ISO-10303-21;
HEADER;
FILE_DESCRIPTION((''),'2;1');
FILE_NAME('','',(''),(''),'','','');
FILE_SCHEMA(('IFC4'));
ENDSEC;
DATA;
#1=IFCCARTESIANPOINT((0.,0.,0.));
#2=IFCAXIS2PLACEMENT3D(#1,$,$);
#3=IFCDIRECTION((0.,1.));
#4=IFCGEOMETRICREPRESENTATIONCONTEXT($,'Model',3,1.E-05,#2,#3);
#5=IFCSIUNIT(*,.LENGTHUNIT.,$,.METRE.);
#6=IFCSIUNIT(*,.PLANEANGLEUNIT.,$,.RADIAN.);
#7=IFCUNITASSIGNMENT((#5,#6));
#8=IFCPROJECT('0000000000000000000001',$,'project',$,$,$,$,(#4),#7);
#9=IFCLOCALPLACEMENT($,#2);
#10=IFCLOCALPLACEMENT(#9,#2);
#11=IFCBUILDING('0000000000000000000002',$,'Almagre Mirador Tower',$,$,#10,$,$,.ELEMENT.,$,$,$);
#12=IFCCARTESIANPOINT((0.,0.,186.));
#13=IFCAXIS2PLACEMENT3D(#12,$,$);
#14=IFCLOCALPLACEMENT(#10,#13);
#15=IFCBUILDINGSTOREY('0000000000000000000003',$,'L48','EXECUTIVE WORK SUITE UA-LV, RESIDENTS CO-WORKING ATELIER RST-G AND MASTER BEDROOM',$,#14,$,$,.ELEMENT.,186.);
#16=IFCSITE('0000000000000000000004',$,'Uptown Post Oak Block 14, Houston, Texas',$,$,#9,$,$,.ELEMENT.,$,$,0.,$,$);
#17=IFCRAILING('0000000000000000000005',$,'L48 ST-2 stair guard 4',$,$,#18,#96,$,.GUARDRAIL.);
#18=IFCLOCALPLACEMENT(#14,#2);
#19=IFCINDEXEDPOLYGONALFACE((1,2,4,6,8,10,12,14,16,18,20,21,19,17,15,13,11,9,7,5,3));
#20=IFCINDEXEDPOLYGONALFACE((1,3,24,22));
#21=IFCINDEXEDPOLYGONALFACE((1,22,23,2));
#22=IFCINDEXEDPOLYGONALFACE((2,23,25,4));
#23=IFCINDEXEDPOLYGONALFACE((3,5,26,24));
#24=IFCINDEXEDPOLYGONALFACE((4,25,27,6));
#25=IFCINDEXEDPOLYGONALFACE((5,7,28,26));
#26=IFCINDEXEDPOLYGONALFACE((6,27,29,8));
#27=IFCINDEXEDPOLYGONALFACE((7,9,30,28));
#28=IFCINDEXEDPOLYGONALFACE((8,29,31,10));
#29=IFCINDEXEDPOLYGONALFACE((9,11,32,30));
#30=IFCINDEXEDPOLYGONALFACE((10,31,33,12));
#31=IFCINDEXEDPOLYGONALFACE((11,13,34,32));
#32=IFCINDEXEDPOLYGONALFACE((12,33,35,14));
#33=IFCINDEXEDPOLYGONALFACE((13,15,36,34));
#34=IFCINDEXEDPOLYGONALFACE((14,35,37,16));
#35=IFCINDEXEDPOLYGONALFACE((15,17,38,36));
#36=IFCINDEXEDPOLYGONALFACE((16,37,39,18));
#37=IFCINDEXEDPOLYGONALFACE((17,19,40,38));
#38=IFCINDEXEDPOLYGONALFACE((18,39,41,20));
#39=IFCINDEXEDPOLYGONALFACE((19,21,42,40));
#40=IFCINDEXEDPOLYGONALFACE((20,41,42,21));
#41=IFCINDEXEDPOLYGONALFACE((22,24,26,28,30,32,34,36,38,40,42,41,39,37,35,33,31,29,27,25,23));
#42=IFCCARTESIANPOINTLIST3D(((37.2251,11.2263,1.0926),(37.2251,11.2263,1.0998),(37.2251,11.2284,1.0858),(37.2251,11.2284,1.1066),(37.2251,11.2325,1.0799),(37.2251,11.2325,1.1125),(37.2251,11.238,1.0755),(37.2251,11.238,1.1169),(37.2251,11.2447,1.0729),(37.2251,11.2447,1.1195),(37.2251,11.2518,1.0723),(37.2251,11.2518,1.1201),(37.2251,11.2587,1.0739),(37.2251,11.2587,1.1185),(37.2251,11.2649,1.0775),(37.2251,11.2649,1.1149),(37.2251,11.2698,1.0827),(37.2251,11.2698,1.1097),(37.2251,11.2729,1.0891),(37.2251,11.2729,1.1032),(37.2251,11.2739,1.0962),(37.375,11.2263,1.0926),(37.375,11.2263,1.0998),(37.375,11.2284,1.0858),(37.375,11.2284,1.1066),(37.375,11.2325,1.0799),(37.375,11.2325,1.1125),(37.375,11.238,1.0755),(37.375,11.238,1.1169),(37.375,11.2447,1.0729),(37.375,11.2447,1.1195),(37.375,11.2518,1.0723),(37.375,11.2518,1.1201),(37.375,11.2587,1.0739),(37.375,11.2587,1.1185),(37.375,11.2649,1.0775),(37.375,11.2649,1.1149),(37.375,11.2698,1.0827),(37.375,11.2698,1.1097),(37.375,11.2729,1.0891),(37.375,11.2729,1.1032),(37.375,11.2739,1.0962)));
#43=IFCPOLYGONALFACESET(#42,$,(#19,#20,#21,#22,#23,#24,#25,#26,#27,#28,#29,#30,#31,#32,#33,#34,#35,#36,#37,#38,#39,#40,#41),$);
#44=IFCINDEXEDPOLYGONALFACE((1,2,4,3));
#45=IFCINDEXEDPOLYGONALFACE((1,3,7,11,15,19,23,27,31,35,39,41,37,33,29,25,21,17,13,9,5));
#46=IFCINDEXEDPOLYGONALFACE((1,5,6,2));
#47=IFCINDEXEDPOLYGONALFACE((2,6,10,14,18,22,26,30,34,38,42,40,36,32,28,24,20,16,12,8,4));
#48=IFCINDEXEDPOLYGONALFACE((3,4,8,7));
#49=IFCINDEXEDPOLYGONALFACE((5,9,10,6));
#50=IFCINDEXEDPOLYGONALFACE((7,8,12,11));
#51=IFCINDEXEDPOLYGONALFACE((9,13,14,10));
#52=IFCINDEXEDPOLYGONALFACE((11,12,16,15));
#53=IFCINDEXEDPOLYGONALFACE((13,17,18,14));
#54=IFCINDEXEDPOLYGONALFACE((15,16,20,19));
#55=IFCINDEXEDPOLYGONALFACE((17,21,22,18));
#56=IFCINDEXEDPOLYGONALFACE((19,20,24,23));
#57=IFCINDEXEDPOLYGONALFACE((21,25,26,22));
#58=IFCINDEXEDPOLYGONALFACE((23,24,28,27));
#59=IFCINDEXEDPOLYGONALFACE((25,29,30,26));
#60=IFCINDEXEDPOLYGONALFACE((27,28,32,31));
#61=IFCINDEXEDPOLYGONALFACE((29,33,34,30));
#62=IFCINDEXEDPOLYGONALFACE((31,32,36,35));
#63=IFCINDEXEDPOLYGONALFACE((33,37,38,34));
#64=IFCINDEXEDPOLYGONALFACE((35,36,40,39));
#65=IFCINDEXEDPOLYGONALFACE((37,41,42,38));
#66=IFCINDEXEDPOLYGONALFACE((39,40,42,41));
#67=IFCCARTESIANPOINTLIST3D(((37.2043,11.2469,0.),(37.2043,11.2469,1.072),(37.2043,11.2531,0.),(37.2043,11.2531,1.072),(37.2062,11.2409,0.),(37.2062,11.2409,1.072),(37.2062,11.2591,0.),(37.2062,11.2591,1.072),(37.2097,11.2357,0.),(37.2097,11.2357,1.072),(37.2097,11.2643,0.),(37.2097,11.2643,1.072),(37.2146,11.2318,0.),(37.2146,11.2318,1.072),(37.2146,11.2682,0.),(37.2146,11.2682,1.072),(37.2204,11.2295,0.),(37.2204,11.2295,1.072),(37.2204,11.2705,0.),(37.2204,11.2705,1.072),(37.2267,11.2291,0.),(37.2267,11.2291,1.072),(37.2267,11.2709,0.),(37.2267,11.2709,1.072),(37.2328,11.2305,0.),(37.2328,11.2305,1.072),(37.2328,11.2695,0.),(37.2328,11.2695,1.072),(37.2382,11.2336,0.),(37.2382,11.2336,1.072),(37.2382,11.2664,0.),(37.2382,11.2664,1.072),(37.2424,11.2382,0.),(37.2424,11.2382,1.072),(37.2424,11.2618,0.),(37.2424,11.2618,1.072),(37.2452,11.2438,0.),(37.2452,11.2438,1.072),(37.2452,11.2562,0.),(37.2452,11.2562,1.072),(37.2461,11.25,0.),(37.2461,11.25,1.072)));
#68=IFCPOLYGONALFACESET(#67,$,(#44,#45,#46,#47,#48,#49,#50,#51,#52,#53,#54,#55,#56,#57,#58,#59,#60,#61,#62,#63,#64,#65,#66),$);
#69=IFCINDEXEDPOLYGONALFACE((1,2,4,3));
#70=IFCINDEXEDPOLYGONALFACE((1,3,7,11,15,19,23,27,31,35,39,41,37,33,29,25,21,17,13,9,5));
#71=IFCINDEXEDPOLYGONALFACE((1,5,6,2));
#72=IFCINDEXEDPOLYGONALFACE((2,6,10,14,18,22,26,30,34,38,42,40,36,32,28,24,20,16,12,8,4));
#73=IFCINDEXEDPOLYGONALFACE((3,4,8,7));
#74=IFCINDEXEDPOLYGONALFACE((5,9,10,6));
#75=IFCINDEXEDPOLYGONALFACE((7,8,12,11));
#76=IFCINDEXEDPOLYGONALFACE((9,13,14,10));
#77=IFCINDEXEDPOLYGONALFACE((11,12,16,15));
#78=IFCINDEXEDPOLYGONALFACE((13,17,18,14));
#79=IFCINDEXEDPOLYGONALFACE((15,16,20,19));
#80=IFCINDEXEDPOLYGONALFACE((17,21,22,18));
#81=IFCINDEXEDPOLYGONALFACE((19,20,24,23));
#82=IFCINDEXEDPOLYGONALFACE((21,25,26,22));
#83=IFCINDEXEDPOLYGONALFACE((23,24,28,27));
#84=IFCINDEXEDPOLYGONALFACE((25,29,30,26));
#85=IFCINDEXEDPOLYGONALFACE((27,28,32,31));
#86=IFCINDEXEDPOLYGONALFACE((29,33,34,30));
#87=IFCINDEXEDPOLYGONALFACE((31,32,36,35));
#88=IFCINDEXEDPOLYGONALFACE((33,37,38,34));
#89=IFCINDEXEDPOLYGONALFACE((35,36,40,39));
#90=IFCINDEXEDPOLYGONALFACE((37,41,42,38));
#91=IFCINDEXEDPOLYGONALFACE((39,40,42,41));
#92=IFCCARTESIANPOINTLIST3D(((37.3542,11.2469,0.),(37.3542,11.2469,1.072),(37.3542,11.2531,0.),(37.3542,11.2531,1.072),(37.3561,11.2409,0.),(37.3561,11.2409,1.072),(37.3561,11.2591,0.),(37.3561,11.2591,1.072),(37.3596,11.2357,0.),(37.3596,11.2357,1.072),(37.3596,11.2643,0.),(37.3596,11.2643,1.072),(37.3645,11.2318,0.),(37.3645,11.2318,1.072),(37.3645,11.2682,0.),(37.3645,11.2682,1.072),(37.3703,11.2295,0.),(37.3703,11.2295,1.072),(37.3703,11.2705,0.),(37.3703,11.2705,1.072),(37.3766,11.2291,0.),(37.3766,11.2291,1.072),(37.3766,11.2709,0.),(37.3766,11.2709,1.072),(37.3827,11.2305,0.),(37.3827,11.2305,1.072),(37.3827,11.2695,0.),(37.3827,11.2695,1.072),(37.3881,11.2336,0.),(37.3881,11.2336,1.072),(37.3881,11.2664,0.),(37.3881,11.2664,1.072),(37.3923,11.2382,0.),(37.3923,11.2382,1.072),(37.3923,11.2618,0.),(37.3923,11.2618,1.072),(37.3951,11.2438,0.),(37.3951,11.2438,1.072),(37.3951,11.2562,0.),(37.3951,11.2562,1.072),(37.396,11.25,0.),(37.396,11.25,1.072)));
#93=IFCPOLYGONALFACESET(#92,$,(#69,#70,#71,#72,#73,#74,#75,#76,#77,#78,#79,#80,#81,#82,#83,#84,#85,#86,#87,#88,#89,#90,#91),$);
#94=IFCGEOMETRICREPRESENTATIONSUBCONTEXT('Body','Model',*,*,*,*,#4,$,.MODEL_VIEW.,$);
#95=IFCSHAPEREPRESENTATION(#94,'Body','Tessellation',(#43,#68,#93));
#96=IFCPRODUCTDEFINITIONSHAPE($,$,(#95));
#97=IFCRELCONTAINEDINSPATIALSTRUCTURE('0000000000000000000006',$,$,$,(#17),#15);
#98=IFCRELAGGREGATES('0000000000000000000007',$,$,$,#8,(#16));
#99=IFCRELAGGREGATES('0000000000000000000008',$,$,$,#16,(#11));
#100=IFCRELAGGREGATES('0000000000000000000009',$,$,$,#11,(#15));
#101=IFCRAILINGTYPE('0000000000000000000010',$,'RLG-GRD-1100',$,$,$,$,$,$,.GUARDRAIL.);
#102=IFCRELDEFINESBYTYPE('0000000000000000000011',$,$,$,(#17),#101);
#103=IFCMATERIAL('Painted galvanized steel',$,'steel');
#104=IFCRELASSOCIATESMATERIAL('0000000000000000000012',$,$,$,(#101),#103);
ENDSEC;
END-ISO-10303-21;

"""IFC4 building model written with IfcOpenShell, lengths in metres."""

from ifc_helpers import new_model, si_unit, direction, frame, origin, origin_2d, place, context, subcontext, project, spatial, circle, extrude, material, type_object, element, save


model = new_model("IFC4")

# Units and contexts
model_context = context("Model", 3, precision=1e-05, world=origin(), true_north=direction((0.0, 1.0)))
body_context = subcontext(model_context, "Body", "Model", "MODEL_VIEW")
ifc_project = project(units=[si_unit("LENGTHUNIT", "METRE"), si_unit("PLANEANGLEUNIT", "RADIAN")], contexts=[model_context])

# Site, building, storey
site_placement = place(None, origin())
site = spatial("IfcSite", under=ifc_project, at=site_placement, Name="Uptown Post Oak Block 14, Houston, Texas", CompositionType="ELEMENT", RefElevation=0.0)
building_placement = place(site_placement, origin())
building = spatial("IfcBuilding", under=site, at=building_placement, Name="Almagre Mirador Tower", CompositionType="ELEMENT")
storey_placement = place(building_placement, frame((0.0, 0.0, 186.0)))
storey = spatial("IfcBuildingStorey", under=building, at=storey_placement, Name="L48", Description="EXECUTIVE WORK SUITE UA-LV, RESIDENTS CO-WORKING ATELIER RST-G AND MASTER BEDROOM", CompositionType="ELEMENT", Elevation=186.0)

# Railing
ifc_material_1 = material(Name="Painted galvanized steel", Category="steel")
railing_type_1 = type_object("IfcRailingType", Name="RLG-GRD-1100", PredefinedType="GUARDRAIL", material=ifc_material_1)
railing_1_placement = place(storey_placement, frame((37.2251, 11.25, 0.0)))
element("IfcRailing", 1, at=railing_1_placement, inside=storey, type_object=railing_type_1, Name="L48 ST-2 stair guard 4", PredefinedType="GUARDRAIL", context=body_context, shape_type="SweptSolid", body=[
    extrude(circle(Radius=0.0239, at=origin_2d()), frame((0.0, 0.0, 1.0962), z_axis=(1.0, 0.0, 0.0), x_axis=(0.0, 1.0, 0.0)), (0.0, 0.0, 1.0), 0.1499),
    extrude(circle(Radius=0.021, at=origin_2d()), origin(), (0.0, 0.0, 1.0), 1.072),
    extrude(circle(Radius=0.021, at=origin_2d()), frame((0.1499, 0.0, 0.0)), (0.0, 0.0, 1.0), 1.072),
])

save(model, "model.ifc")
